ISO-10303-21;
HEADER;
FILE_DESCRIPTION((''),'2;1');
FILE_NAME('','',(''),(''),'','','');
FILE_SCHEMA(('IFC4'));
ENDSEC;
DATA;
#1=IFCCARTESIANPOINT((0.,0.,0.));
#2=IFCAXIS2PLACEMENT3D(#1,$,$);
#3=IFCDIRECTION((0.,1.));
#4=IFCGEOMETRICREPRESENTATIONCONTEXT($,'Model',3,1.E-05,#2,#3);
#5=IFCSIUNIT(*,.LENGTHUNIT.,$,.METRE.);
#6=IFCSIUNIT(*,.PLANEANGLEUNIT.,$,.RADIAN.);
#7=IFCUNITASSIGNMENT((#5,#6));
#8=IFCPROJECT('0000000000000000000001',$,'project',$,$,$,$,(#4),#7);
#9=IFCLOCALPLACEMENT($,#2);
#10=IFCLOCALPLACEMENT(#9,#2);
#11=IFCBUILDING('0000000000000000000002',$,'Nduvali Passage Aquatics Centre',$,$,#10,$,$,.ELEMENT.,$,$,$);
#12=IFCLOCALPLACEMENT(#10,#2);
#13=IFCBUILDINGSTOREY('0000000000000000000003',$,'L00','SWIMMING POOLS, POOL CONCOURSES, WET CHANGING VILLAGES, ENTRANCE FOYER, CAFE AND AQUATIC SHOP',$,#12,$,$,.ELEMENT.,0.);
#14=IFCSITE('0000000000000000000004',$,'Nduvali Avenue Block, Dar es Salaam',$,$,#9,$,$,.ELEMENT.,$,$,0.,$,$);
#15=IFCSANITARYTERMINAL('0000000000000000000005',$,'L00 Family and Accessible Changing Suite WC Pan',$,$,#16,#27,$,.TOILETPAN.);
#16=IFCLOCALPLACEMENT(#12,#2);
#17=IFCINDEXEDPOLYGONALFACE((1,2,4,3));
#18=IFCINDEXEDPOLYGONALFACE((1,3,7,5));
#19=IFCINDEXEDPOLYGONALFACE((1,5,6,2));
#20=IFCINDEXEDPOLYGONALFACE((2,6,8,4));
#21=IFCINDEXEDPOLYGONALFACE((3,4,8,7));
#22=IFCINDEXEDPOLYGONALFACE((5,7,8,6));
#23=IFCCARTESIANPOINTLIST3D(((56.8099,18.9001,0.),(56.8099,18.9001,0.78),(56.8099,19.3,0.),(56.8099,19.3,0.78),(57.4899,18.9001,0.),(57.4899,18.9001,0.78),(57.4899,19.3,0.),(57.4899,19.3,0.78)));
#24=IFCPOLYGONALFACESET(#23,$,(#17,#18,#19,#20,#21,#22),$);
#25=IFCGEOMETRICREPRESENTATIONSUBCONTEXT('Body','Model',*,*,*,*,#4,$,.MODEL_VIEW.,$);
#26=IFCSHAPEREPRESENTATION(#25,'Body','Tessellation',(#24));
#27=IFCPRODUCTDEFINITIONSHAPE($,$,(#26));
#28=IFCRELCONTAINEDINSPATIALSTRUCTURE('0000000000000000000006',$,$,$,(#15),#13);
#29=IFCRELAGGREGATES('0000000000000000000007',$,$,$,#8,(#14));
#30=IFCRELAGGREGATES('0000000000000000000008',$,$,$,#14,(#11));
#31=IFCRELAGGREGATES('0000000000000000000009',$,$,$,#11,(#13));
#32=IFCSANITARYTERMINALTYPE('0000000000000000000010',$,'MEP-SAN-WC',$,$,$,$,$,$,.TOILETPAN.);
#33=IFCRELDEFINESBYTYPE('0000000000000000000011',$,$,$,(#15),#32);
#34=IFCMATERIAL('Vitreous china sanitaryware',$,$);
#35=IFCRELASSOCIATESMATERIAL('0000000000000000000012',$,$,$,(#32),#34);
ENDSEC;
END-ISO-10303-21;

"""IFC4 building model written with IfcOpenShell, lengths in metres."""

from ifc_helpers import new_model, si_unit, direction, frame, origin, origin_2d, place, context, subcontext, project, spatial, rectangle, extrude, material, type_object, element, save


model = new_model("IFC4")

# Units and contexts
model_context = context("Model", 3, precision=1e-05, world=origin(), true_north=direction((0.0, 1.0)))
body_context = subcontext(model_context, "Body", "Model", "MODEL_VIEW")
ifc_project = project(units=[si_unit("LENGTHUNIT", "METRE"), si_unit("PLANEANGLEUNIT", "RADIAN")], contexts=[model_context])

# Site, building, storey
site_placement = place(None, origin())
site = spatial("IfcSite", under=ifc_project, at=site_placement, Name="Nduvali Avenue Block, Dar es Salaam", CompositionType="ELEMENT", RefElevation=0.0)
building_placement = place(site_placement, origin())
building = spatial("IfcBuilding", under=site, at=building_placement, Name="Nduvali Passage Aquatics Centre", CompositionType="ELEMENT")
storey_placement = place(building_placement, origin())
storey = spatial("IfcBuildingStorey", under=building, at=storey_placement, Name="L00", Description="SWIMMING POOLS, POOL CONCOURSES, WET CHANGING VILLAGES, ENTRANCE FOYER, CAFE AND AQUATIC SHOP", CompositionType="ELEMENT", Elevation=0.0)

# Sanitary terminal
ifc_material_1 = material(Name="Vitreous china sanitaryware")
sanitary_terminal_type_1 = type_object("IfcSanitaryTerminalType", Name="MEP-SAN-WC", PredefinedType="TOILETPAN", material=ifc_material_1)
sanitary_terminal_1_placement = place(storey_placement, frame((57.1499, 19.1001, 0.0), z_axis=(0.0, 0.0, 1.0), x_axis=(1.0, 0.0, 0.0)))
element("IfcSanitaryTerminal", 1, at=sanitary_terminal_1_placement, inside=storey, type_object=sanitary_terminal_type_1, Name="L00 Family and Accessible Changing Suite WC Pan", PredefinedType="TOILETPAN", context=body_context, shape_type="SweptSolid", body=[
    extrude(rectangle(XDim=0.6799, YDim=0.3999, at=origin_2d()), origin(), (0.0, 0.0, 1.0), 0.78),
])

save(model, "model.ifc")
